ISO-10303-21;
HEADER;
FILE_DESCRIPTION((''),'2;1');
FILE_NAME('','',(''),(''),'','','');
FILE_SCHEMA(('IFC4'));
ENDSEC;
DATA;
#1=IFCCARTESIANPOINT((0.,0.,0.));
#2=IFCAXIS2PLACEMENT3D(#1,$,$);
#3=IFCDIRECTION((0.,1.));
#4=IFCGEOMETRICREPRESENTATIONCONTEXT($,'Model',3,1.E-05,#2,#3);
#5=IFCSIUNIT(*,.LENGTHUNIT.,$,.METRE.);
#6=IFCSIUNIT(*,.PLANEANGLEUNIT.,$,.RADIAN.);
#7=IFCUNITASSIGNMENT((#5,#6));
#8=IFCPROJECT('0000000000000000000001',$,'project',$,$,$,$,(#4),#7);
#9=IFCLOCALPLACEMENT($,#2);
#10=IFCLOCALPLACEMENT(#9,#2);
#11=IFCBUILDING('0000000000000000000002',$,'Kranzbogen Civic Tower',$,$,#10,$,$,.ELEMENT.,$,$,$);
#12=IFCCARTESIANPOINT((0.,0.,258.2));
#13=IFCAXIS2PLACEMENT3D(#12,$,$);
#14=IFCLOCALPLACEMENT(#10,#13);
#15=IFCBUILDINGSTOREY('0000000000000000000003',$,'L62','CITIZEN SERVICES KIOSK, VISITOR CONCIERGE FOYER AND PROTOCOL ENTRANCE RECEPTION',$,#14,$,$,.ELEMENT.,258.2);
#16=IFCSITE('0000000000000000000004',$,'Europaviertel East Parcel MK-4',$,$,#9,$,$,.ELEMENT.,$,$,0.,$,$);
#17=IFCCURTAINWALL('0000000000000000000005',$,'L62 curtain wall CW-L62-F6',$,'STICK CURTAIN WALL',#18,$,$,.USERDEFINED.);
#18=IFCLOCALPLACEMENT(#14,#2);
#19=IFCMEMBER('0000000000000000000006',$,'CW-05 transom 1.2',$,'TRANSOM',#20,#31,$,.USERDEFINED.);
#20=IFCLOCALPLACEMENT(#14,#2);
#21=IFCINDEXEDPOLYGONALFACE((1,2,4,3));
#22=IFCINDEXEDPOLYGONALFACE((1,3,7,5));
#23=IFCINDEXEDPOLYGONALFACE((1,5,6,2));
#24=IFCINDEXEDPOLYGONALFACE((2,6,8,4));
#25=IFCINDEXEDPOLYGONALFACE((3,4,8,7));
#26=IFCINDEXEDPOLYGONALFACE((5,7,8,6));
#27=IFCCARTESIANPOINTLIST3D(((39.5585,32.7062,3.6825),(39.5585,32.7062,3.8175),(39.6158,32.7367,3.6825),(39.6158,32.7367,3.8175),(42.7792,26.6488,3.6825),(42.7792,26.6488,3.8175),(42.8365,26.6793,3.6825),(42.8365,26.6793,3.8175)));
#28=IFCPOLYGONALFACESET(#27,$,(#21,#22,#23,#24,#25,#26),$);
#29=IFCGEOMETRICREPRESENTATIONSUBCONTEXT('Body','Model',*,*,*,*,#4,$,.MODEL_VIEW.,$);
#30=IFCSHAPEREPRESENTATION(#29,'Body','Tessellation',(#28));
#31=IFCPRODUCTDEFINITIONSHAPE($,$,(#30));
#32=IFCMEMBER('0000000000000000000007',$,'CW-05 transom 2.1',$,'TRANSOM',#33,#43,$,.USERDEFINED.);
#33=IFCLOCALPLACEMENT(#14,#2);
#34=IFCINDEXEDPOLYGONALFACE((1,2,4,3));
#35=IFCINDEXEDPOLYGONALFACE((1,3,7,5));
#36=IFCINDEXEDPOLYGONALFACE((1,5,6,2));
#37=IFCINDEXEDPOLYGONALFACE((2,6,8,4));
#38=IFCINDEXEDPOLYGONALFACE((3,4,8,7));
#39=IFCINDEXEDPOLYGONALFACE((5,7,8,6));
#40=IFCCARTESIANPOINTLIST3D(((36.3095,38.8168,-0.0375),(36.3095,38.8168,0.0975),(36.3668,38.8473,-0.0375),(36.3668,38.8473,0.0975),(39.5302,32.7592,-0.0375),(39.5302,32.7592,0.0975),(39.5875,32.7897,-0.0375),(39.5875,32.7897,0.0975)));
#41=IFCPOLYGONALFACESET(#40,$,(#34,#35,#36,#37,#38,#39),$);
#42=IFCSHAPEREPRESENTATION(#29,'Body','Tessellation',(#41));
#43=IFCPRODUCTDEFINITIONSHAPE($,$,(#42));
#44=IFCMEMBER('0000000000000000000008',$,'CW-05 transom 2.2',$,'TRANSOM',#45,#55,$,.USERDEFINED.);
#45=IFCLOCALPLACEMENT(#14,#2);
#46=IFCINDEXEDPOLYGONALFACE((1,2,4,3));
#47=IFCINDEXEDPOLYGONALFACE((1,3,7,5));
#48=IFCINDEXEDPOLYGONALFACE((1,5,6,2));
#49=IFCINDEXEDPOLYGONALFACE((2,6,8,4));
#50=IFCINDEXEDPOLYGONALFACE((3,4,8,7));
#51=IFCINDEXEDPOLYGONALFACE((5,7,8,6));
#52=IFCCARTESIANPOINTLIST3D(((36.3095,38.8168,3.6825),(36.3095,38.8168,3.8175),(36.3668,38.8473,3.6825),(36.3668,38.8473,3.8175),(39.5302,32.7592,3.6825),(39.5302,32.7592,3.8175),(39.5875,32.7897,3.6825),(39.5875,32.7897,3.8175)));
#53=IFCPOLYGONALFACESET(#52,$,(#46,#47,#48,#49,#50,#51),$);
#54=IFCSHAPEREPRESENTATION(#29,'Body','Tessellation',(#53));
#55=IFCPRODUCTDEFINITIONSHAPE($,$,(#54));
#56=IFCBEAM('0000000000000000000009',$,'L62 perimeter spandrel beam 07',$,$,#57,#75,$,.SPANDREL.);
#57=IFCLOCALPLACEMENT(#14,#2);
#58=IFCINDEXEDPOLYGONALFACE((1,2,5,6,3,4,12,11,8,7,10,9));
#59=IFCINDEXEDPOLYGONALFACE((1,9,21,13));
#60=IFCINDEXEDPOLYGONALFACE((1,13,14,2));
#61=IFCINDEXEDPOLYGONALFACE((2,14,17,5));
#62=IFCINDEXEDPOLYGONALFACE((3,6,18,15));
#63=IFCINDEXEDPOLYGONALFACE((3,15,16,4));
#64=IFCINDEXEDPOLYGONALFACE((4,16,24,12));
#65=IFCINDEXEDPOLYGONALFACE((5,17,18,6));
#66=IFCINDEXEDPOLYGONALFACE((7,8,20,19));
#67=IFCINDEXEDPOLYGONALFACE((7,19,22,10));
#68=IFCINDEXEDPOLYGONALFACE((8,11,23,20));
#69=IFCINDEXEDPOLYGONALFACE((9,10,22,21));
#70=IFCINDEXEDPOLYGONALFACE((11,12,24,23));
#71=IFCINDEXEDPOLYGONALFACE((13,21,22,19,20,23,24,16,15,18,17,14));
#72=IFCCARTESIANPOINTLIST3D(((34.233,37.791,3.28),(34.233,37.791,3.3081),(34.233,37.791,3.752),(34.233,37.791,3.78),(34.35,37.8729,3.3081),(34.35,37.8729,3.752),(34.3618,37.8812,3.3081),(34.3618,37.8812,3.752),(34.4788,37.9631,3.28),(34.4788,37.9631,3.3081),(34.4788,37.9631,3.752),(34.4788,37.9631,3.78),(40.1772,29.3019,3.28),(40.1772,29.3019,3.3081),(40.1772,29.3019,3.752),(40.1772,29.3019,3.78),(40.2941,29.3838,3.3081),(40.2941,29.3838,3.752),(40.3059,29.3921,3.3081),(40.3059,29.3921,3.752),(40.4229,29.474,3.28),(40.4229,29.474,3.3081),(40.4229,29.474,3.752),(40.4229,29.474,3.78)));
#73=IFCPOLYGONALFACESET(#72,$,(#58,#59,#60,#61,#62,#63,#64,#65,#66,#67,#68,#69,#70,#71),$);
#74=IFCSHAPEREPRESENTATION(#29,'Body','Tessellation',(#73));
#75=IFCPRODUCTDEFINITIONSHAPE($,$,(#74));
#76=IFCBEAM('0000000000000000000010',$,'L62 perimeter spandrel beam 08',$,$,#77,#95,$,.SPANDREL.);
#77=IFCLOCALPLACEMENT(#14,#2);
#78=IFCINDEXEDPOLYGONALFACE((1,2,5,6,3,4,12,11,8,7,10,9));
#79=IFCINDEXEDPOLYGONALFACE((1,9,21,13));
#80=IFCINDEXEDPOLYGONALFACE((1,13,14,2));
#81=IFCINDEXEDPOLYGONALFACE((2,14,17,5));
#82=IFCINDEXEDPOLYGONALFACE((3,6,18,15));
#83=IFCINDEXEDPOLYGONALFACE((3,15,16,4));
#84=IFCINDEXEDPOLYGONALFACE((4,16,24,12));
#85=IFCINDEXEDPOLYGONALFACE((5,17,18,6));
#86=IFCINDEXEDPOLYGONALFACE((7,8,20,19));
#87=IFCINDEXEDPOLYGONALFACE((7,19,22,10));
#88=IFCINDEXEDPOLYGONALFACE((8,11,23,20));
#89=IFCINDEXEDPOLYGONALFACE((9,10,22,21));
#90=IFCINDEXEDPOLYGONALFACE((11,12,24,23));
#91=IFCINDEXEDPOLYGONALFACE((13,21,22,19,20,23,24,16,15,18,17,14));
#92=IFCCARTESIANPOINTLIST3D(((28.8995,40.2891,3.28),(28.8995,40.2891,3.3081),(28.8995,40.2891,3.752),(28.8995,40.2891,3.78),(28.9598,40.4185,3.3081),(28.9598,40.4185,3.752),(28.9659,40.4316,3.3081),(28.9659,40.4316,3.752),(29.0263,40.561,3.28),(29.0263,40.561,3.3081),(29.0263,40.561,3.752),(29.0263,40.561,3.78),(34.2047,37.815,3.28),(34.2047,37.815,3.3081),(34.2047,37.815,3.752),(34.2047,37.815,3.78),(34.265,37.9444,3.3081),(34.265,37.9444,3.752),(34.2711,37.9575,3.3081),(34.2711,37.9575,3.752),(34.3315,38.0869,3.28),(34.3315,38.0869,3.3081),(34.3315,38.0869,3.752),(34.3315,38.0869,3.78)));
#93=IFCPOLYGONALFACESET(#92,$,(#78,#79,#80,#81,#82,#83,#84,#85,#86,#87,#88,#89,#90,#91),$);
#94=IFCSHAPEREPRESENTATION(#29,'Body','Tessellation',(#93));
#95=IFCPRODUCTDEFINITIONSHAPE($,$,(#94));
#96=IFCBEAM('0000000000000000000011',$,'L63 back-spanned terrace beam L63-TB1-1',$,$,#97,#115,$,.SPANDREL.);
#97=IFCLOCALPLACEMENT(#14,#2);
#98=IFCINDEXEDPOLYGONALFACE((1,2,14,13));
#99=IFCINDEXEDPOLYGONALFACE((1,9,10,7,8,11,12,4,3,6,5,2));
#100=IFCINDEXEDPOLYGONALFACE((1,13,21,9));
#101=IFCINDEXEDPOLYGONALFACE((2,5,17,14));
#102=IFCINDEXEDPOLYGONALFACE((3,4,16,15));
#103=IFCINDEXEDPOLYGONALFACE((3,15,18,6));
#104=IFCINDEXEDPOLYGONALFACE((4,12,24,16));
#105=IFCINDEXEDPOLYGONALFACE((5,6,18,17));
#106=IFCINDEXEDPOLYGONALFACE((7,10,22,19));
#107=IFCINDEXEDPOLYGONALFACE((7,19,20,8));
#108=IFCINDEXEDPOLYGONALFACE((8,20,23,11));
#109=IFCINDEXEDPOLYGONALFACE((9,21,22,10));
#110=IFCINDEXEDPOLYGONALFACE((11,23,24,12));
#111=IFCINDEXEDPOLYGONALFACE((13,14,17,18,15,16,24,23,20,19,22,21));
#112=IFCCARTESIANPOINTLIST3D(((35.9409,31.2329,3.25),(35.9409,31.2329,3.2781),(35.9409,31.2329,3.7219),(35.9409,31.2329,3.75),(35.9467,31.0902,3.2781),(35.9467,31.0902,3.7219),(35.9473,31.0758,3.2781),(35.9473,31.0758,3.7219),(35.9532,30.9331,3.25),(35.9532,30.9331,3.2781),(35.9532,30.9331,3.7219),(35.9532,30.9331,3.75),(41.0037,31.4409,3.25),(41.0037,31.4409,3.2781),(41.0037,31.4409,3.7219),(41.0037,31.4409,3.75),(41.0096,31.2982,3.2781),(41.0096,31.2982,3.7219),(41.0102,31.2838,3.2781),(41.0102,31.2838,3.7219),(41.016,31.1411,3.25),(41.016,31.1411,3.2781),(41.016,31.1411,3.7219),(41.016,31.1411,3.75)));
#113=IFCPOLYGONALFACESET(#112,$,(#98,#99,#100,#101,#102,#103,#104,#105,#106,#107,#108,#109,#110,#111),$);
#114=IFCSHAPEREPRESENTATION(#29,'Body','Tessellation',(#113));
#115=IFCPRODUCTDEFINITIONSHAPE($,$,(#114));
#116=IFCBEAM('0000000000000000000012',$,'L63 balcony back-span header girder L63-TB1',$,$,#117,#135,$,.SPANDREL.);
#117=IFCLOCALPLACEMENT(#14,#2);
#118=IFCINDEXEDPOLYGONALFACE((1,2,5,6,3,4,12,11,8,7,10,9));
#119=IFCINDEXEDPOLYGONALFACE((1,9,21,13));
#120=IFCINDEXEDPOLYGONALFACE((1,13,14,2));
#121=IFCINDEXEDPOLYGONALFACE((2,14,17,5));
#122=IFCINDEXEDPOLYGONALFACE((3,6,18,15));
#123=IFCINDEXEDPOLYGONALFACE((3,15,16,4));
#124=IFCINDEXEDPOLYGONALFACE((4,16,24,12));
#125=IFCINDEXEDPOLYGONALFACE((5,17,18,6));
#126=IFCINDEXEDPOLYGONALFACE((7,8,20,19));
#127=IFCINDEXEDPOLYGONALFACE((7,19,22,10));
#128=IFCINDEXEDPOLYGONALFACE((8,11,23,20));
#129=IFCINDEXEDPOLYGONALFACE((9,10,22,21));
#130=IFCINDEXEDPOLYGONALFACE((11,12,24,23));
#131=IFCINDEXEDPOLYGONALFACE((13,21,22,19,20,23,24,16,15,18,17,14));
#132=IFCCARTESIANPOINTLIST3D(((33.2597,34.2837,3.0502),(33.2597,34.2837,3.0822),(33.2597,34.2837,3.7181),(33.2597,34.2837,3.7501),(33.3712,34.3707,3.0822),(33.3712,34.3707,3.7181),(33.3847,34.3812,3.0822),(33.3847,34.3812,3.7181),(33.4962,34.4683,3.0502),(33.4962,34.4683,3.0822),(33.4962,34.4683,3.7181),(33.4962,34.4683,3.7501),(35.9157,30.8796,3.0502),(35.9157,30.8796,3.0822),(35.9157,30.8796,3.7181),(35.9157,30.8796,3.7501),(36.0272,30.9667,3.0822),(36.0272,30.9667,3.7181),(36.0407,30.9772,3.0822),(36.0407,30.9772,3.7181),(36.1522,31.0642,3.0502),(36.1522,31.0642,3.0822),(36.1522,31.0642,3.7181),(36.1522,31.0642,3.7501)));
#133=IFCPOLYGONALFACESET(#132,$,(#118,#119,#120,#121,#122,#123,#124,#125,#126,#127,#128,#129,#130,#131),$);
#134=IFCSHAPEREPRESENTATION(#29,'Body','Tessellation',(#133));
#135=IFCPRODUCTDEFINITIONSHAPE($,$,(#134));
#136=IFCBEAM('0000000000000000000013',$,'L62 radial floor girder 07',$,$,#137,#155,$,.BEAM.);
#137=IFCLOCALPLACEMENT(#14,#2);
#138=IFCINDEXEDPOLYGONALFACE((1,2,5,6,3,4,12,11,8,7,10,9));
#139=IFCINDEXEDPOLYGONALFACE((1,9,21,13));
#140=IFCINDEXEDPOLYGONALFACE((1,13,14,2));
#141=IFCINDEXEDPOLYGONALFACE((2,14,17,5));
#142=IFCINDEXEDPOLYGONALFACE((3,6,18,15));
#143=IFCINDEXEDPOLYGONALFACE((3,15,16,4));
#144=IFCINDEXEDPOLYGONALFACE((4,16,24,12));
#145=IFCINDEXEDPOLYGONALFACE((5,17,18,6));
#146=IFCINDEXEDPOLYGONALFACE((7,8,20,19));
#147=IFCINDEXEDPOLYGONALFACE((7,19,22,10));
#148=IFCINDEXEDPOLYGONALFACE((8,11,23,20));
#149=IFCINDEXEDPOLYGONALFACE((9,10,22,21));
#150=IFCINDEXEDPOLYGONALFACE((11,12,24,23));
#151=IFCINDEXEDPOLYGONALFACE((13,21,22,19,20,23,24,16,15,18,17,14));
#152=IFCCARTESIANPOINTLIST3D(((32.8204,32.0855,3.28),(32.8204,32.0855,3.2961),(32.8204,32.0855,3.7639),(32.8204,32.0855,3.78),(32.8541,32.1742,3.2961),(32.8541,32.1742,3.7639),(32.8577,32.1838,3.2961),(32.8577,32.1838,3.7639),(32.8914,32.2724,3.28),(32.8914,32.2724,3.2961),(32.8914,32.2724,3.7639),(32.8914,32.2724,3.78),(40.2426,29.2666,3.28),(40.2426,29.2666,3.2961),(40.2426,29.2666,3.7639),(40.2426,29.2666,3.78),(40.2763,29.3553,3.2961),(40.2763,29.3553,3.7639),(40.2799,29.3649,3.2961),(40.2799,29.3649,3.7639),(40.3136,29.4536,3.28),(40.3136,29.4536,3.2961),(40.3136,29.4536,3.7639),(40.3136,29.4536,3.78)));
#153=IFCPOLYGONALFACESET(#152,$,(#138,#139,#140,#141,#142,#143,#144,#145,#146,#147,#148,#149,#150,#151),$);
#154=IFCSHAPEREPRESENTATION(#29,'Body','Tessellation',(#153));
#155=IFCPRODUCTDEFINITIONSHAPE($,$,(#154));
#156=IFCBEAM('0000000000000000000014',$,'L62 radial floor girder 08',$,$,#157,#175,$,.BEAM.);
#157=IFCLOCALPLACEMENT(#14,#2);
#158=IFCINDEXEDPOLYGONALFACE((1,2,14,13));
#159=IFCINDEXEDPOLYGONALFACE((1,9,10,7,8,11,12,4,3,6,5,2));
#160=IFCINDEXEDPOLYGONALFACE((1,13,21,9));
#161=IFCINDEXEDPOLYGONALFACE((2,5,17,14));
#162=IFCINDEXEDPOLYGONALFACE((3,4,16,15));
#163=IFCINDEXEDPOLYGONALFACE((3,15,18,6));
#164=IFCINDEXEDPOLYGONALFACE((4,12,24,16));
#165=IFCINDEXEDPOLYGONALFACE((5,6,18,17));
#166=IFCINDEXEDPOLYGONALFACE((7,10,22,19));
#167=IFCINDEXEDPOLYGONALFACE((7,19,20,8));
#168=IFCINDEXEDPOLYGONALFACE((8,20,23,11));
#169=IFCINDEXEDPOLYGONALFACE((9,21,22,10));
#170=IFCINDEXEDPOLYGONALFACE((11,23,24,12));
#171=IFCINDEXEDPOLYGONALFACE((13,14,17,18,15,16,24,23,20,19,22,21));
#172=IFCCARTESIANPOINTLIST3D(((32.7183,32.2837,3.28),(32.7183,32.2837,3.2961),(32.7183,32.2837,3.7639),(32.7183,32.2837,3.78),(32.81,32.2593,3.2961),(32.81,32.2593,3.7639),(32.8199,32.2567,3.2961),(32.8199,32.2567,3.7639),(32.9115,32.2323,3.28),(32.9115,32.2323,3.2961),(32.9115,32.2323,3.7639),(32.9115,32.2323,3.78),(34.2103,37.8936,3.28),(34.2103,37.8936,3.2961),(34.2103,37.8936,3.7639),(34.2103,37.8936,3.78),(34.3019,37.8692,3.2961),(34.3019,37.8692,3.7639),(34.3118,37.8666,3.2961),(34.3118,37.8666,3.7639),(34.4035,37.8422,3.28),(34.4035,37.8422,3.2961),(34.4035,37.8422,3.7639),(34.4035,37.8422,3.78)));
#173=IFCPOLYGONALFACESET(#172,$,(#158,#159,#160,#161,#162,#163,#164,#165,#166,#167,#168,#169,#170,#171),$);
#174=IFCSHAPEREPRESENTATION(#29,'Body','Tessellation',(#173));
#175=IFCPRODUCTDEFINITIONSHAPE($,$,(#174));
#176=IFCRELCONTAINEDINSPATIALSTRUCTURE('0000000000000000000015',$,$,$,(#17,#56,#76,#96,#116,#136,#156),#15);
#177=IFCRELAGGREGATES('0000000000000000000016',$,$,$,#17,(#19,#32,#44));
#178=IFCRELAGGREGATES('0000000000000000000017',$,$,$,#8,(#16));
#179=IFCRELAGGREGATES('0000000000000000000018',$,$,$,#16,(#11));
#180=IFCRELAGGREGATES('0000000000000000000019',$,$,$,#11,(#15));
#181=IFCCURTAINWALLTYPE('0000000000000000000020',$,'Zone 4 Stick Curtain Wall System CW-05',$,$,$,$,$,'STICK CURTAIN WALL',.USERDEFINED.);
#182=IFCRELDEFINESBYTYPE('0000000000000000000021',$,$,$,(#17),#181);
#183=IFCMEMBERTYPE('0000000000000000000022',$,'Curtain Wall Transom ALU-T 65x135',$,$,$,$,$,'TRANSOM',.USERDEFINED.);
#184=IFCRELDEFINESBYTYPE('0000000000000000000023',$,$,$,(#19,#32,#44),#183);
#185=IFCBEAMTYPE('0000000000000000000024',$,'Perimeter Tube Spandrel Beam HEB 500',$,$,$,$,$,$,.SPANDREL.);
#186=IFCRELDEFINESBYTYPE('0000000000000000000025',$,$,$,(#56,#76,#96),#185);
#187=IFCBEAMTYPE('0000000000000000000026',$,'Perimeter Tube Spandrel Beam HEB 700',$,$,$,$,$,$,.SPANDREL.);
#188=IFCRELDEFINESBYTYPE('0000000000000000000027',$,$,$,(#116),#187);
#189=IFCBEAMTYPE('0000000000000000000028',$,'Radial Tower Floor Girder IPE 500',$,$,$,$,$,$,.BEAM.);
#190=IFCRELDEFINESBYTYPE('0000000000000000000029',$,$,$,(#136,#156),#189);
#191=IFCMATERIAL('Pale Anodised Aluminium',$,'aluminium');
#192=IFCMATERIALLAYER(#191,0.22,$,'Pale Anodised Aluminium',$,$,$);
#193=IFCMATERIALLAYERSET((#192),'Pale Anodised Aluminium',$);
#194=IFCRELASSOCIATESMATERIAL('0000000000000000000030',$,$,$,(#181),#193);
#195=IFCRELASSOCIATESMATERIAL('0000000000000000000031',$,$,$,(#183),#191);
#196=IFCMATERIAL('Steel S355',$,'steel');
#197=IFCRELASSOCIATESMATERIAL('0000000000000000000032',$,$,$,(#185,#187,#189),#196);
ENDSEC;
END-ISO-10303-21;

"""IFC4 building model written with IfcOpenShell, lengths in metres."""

from ifc_helpers import new_model, si_unit, direction, frame, origin, origin_2d, place, context, subcontext, project, spatial, rectangle, i_section, extrude, material, layer, layer_set, material_profile, profile_set, type_object, element, aggregate, save


model = new_model("IFC4")

# Units and contexts
model_context = context("Model", 3, precision=1e-05, world=origin(), true_north=direction((0.0, 1.0)))
body_context = subcontext(model_context, "Body", "Model", "MODEL_VIEW")
ifc_project = project(units=[si_unit("LENGTHUNIT", "METRE"), si_unit("PLANEANGLEUNIT", "RADIAN")], contexts=[model_context])

# Site, building, storey
site_placement = place(None, origin())
site = spatial("IfcSite", under=ifc_project, at=site_placement, Name="Europaviertel East Parcel MK-4", CompositionType="ELEMENT", RefElevation=0.0)
building_placement = place(site_placement, origin())
building = spatial("IfcBuilding", under=site, at=building_placement, Name="Kranzbogen Civic Tower", CompositionType="ELEMENT")
storey_placement = place(building_placement, frame((0.0, 0.0, 258.2)))
storey = spatial("IfcBuildingStorey", under=building, at=storey_placement, Name="L62", Description="CITIZEN SERVICES KIOSK, VISITOR CONCIERGE FOYER AND PROTOCOL ENTRANCE RECEPTION", CompositionType="ELEMENT", Elevation=258.2)

# Shared definitions
ifc_material_1 = material(Name="Steel S355", Category="steel")

# Shared definitions
ifc_material_2 = material(Name="Pale Anodised Aluminium", Category="aluminium")
ifc_layer_1 = layer(ifc_material_2, 0.22, Name="Pale Anodised Aluminium")
ifc_layer_set_1 = layer_set([ifc_layer_1], Name="Pale Anodised Aluminium")
curtain_wall_type = type_object("IfcCurtainWallType", Name="Zone 4 Stick Curtain Wall System CW-05", ElementType="STICK CURTAIN WALL", PredefinedType="USERDEFINED", material=ifc_layer_set_1)

# Curtain wall
curtain_wall_1_placement = place(storey_placement, origin())
curtain_wall_1 = element("IfcCurtainWall", 1, at=curtain_wall_1_placement, inside=storey, type_object=curtain_wall_type, Name="L62 curtain wall CW-L62-F6", ObjectType="STICK CURTAIN WALL", PredefinedType="USERDEFINED")

# Members
ifc_material_profile_1 = material_profile(ifc_material_2, rectangle(XDim=0.0649, YDim=0.135, at=origin_2d()), Name="ALU-T 65x135")
ifc_profile_set_1 = profile_set([ifc_material_profile_1], Name="Pale Anodised Aluminium")
member_type_1 = type_object("IfcMemberType", Name="Curtain Wall Transom ALU-T 65x135", ElementType="TRANSOM", PredefinedType="USERDEFINED", material=ifc_profile_set_1)
member_1_placement = place(storey_placement, frame((42.8079, 26.6641, 3.75), z_axis=(-0.469465, 0.882951, 0.0), x_axis=(-0.882951, -0.469465, 0.0)))
member_1 = element("IfcMember", 2, at=member_1_placement, type_object=member_type_1, Name="CW-05 transom 1.2", ObjectType="TRANSOM", PredefinedType="USERDEFINED", context=body_context, shape_type="SweptSolid", body=[
    extrude(rectangle(XDim=0.0649, YDim=0.135, at=origin_2d()), origin(), (0.0, 0.0, 1.0), 6.8604),
])
member_2_placement = place(storey_placement, frame((39.5588, 32.7744, 0.03), z_axis=(-0.46945, 0.882959, 0.0), x_axis=(-0.882959, -0.46945, 0.0)))
member_2 = element("IfcMember", 3, at=member_2_placement, type_object=member_type_1, Name="CW-05 transom 2.1", ObjectType="TRANSOM", PredefinedType="USERDEFINED", context=body_context, shape_type="SweptSolid", body=[
    extrude(rectangle(XDim=0.0649, YDim=0.135, at=origin_2d()), origin(), (0.0, 0.0, 1.0), 6.8606),
])
member_3_placement = place(storey_placement, frame((39.5588, 32.7744, 3.75), z_axis=(-0.46945, 0.882959, 0.0), x_axis=(-0.882959, -0.46945, 0.0)))
member_3 = element("IfcMember", 4, at=member_3_placement, type_object=member_type_1, Name="CW-05 transom 2.2", ObjectType="TRANSOM", PredefinedType="USERDEFINED", context=body_context, shape_type="SweptSolid", body=[
    extrude(rectangle(XDim=0.0649, YDim=0.135, at=origin_2d()), origin(), (0.0, 0.0, 1.0), 6.8606),
])

# Beams
ifc_material_profile_2 = material_profile(ifc_material_1, i_section(OverallWidth=0.3, OverallDepth=0.5, WebThickness=0.0144, FlangeThickness=0.0281, at=origin_2d()), Name="HEB 500")
ifc_profile_set_2 = profile_set([ifc_material_profile_2], Name="Steel S355")
beam_type_1 = type_object("IfcBeamType", Name="Perimeter Tube Spandrel Beam HEB 500", PredefinedType="SPANDREL", material=ifc_profile_set_2)
beam_1_placement = place(storey_placement, frame((40.3, 29.3879, 3.53), z_axis=(-0.573578, 0.819151, 0.0), x_axis=(-0.819151, -0.573578, 0.0)))
element("IfcBeam", 5, at=beam_1_placement, inside=storey, type_object=beam_type_1, Name="L62 perimeter spandrel beam 07", PredefinedType="SPANDREL", context=body_context, shape_type="SweptSolid", body=[
    extrude(i_section(OverallWidth=0.3, OverallDepth=0.5, WebThickness=0.0144, FlangeThickness=0.0281, at=origin_2d()), origin(), (0.0, 0.0, 1.0), 10.3633),
])
beam_2_placement = place(storey_placement, frame((34.2681, 37.9509, 3.53), z_axis=(-0.90629, 0.422657, 0.0), x_axis=(-0.422657, -0.90629, 0.0)))
element("IfcBeam", 6, at=beam_2_placement, inside=storey, type_object=beam_type_1, Name="L62 perimeter spandrel beam 08", PredefinedType="SPANDREL", context=body_context, shape_type="SweptSolid", body=[
    extrude(i_section(OverallWidth=0.3, OverallDepth=0.5, WebThickness=0.0144, FlangeThickness=0.0281, at=origin_2d()), origin(), (0.0, 0.0, 1.0), 5.8538),
])
beam_3_placement = place(storey_placement, frame((35.947, 31.083, 3.5), z_axis=(0.999157, 0.041049, 0.0), x_axis=(-0.041049, 0.999157, 0.0)))
element("IfcBeam", 7, at=beam_3_placement, inside=storey, type_object=beam_type_1, Name="L63 back-spanned terrace beam L63-TB1-1", PredefinedType="SPANDREL", context=body_context, shape_type="SweptSolid", body=[
    extrude(i_section(OverallWidth=0.3, OverallDepth=0.5, WebThickness=0.0144, FlangeThickness=0.0281, at=origin_2d()), origin(), (0.0, 0.0, 1.0), 5.0671),
])
ifc_material_profile_3 = material_profile(ifc_material_1, i_section(OverallWidth=0.3, OverallDepth=0.7, WebThickness=0.0171, FlangeThickness=0.032, at=origin_2d()), Name="HEB 700")
ifc_profile_set_3 = profile_set([ifc_material_profile_3], Name="Steel S355")
beam_type_2 = type_object("IfcBeamType", Name="Perimeter Tube Spandrel Beam HEB 700", PredefinedType="SPANDREL", material=ifc_profile_set_3)
beam_4_placement = place(storey_placement, frame((36.0339, 30.9719, 3.4001), z_axis=(-0.615153, 0.788407, 0.0), x_axis=(-0.788407, -0.615153, 0.0)))
element("IfcBeam", 8, at=beam_4_placement, inside=storey, type_object=beam_type_2, Name="L63 balcony back-span header girder L63-TB1", PredefinedType="SPANDREL", context=body_context, shape_type="SweptSolid", body=[
    extrude(i_section(OverallWidth=0.3, OverallDepth=0.7, WebThickness=0.0171, FlangeThickness=0.032, at=origin_2d()), origin(), (0.0, 0.0, 1.0), 4.3176),
])
ifc_material_profile_4 = material_profile(ifc_material_1, i_section(OverallWidth=0.2, OverallDepth=0.5, WebThickness=0.0103, FlangeThickness=0.0161, at=origin_2d()), Name="IPE 500")
ifc_profile_set_4 = profile_set([ifc_material_profile_4], Name="Steel S355")
beam_type_3 = type_object("IfcBeamType", Name="Radial Tower Floor Girder IPE 500", PredefinedType="BEAM", material=ifc_profile_set_4)
beam_5_placement = place(storey_placement, frame((40.2781, 29.3601, 3.53), z_axis=(-0.934849, 0.355046, 0.0), x_axis=(-0.355046, -0.934849, 0.0)))
element("IfcBeam", 9, at=beam_5_placement, inside=storey, type_object=beam_type_3, Name="L62 radial floor girder 07", PredefinedType="BEAM", context=body_context, shape_type="SweptSolid", body=[
    extrude(i_section(OverallWidth=0.2, OverallDepth=0.5, WebThickness=0.0103, FlangeThickness=0.0161, at=origin_2d()), origin(), (0.0, 0.0, 1.0), 7.9395),
])
beam_6_placement = place(storey_placement, frame((34.3069, 37.8679, 3.53), z_axis=(-0.257016, -0.966407, 0.0), x_axis=(0.966407, -0.257016, 0.0)))
element("IfcBeam", 10, at=beam_6_placement, inside=storey, type_object=beam_type_3, Name="L62 radial floor girder 08", PredefinedType="BEAM", context=body_context, shape_type="SweptSolid", body=[
    extrude(i_section(OverallWidth=0.2, OverallDepth=0.5, WebThickness=0.0103, FlangeThickness=0.0161, at=origin_2d()), origin(), (0.0, 0.0, 1.0), 5.8049),
])

aggregate(curtain_wall_1, [member_1, member_2, member_3])

save(model, "model.ifc")
